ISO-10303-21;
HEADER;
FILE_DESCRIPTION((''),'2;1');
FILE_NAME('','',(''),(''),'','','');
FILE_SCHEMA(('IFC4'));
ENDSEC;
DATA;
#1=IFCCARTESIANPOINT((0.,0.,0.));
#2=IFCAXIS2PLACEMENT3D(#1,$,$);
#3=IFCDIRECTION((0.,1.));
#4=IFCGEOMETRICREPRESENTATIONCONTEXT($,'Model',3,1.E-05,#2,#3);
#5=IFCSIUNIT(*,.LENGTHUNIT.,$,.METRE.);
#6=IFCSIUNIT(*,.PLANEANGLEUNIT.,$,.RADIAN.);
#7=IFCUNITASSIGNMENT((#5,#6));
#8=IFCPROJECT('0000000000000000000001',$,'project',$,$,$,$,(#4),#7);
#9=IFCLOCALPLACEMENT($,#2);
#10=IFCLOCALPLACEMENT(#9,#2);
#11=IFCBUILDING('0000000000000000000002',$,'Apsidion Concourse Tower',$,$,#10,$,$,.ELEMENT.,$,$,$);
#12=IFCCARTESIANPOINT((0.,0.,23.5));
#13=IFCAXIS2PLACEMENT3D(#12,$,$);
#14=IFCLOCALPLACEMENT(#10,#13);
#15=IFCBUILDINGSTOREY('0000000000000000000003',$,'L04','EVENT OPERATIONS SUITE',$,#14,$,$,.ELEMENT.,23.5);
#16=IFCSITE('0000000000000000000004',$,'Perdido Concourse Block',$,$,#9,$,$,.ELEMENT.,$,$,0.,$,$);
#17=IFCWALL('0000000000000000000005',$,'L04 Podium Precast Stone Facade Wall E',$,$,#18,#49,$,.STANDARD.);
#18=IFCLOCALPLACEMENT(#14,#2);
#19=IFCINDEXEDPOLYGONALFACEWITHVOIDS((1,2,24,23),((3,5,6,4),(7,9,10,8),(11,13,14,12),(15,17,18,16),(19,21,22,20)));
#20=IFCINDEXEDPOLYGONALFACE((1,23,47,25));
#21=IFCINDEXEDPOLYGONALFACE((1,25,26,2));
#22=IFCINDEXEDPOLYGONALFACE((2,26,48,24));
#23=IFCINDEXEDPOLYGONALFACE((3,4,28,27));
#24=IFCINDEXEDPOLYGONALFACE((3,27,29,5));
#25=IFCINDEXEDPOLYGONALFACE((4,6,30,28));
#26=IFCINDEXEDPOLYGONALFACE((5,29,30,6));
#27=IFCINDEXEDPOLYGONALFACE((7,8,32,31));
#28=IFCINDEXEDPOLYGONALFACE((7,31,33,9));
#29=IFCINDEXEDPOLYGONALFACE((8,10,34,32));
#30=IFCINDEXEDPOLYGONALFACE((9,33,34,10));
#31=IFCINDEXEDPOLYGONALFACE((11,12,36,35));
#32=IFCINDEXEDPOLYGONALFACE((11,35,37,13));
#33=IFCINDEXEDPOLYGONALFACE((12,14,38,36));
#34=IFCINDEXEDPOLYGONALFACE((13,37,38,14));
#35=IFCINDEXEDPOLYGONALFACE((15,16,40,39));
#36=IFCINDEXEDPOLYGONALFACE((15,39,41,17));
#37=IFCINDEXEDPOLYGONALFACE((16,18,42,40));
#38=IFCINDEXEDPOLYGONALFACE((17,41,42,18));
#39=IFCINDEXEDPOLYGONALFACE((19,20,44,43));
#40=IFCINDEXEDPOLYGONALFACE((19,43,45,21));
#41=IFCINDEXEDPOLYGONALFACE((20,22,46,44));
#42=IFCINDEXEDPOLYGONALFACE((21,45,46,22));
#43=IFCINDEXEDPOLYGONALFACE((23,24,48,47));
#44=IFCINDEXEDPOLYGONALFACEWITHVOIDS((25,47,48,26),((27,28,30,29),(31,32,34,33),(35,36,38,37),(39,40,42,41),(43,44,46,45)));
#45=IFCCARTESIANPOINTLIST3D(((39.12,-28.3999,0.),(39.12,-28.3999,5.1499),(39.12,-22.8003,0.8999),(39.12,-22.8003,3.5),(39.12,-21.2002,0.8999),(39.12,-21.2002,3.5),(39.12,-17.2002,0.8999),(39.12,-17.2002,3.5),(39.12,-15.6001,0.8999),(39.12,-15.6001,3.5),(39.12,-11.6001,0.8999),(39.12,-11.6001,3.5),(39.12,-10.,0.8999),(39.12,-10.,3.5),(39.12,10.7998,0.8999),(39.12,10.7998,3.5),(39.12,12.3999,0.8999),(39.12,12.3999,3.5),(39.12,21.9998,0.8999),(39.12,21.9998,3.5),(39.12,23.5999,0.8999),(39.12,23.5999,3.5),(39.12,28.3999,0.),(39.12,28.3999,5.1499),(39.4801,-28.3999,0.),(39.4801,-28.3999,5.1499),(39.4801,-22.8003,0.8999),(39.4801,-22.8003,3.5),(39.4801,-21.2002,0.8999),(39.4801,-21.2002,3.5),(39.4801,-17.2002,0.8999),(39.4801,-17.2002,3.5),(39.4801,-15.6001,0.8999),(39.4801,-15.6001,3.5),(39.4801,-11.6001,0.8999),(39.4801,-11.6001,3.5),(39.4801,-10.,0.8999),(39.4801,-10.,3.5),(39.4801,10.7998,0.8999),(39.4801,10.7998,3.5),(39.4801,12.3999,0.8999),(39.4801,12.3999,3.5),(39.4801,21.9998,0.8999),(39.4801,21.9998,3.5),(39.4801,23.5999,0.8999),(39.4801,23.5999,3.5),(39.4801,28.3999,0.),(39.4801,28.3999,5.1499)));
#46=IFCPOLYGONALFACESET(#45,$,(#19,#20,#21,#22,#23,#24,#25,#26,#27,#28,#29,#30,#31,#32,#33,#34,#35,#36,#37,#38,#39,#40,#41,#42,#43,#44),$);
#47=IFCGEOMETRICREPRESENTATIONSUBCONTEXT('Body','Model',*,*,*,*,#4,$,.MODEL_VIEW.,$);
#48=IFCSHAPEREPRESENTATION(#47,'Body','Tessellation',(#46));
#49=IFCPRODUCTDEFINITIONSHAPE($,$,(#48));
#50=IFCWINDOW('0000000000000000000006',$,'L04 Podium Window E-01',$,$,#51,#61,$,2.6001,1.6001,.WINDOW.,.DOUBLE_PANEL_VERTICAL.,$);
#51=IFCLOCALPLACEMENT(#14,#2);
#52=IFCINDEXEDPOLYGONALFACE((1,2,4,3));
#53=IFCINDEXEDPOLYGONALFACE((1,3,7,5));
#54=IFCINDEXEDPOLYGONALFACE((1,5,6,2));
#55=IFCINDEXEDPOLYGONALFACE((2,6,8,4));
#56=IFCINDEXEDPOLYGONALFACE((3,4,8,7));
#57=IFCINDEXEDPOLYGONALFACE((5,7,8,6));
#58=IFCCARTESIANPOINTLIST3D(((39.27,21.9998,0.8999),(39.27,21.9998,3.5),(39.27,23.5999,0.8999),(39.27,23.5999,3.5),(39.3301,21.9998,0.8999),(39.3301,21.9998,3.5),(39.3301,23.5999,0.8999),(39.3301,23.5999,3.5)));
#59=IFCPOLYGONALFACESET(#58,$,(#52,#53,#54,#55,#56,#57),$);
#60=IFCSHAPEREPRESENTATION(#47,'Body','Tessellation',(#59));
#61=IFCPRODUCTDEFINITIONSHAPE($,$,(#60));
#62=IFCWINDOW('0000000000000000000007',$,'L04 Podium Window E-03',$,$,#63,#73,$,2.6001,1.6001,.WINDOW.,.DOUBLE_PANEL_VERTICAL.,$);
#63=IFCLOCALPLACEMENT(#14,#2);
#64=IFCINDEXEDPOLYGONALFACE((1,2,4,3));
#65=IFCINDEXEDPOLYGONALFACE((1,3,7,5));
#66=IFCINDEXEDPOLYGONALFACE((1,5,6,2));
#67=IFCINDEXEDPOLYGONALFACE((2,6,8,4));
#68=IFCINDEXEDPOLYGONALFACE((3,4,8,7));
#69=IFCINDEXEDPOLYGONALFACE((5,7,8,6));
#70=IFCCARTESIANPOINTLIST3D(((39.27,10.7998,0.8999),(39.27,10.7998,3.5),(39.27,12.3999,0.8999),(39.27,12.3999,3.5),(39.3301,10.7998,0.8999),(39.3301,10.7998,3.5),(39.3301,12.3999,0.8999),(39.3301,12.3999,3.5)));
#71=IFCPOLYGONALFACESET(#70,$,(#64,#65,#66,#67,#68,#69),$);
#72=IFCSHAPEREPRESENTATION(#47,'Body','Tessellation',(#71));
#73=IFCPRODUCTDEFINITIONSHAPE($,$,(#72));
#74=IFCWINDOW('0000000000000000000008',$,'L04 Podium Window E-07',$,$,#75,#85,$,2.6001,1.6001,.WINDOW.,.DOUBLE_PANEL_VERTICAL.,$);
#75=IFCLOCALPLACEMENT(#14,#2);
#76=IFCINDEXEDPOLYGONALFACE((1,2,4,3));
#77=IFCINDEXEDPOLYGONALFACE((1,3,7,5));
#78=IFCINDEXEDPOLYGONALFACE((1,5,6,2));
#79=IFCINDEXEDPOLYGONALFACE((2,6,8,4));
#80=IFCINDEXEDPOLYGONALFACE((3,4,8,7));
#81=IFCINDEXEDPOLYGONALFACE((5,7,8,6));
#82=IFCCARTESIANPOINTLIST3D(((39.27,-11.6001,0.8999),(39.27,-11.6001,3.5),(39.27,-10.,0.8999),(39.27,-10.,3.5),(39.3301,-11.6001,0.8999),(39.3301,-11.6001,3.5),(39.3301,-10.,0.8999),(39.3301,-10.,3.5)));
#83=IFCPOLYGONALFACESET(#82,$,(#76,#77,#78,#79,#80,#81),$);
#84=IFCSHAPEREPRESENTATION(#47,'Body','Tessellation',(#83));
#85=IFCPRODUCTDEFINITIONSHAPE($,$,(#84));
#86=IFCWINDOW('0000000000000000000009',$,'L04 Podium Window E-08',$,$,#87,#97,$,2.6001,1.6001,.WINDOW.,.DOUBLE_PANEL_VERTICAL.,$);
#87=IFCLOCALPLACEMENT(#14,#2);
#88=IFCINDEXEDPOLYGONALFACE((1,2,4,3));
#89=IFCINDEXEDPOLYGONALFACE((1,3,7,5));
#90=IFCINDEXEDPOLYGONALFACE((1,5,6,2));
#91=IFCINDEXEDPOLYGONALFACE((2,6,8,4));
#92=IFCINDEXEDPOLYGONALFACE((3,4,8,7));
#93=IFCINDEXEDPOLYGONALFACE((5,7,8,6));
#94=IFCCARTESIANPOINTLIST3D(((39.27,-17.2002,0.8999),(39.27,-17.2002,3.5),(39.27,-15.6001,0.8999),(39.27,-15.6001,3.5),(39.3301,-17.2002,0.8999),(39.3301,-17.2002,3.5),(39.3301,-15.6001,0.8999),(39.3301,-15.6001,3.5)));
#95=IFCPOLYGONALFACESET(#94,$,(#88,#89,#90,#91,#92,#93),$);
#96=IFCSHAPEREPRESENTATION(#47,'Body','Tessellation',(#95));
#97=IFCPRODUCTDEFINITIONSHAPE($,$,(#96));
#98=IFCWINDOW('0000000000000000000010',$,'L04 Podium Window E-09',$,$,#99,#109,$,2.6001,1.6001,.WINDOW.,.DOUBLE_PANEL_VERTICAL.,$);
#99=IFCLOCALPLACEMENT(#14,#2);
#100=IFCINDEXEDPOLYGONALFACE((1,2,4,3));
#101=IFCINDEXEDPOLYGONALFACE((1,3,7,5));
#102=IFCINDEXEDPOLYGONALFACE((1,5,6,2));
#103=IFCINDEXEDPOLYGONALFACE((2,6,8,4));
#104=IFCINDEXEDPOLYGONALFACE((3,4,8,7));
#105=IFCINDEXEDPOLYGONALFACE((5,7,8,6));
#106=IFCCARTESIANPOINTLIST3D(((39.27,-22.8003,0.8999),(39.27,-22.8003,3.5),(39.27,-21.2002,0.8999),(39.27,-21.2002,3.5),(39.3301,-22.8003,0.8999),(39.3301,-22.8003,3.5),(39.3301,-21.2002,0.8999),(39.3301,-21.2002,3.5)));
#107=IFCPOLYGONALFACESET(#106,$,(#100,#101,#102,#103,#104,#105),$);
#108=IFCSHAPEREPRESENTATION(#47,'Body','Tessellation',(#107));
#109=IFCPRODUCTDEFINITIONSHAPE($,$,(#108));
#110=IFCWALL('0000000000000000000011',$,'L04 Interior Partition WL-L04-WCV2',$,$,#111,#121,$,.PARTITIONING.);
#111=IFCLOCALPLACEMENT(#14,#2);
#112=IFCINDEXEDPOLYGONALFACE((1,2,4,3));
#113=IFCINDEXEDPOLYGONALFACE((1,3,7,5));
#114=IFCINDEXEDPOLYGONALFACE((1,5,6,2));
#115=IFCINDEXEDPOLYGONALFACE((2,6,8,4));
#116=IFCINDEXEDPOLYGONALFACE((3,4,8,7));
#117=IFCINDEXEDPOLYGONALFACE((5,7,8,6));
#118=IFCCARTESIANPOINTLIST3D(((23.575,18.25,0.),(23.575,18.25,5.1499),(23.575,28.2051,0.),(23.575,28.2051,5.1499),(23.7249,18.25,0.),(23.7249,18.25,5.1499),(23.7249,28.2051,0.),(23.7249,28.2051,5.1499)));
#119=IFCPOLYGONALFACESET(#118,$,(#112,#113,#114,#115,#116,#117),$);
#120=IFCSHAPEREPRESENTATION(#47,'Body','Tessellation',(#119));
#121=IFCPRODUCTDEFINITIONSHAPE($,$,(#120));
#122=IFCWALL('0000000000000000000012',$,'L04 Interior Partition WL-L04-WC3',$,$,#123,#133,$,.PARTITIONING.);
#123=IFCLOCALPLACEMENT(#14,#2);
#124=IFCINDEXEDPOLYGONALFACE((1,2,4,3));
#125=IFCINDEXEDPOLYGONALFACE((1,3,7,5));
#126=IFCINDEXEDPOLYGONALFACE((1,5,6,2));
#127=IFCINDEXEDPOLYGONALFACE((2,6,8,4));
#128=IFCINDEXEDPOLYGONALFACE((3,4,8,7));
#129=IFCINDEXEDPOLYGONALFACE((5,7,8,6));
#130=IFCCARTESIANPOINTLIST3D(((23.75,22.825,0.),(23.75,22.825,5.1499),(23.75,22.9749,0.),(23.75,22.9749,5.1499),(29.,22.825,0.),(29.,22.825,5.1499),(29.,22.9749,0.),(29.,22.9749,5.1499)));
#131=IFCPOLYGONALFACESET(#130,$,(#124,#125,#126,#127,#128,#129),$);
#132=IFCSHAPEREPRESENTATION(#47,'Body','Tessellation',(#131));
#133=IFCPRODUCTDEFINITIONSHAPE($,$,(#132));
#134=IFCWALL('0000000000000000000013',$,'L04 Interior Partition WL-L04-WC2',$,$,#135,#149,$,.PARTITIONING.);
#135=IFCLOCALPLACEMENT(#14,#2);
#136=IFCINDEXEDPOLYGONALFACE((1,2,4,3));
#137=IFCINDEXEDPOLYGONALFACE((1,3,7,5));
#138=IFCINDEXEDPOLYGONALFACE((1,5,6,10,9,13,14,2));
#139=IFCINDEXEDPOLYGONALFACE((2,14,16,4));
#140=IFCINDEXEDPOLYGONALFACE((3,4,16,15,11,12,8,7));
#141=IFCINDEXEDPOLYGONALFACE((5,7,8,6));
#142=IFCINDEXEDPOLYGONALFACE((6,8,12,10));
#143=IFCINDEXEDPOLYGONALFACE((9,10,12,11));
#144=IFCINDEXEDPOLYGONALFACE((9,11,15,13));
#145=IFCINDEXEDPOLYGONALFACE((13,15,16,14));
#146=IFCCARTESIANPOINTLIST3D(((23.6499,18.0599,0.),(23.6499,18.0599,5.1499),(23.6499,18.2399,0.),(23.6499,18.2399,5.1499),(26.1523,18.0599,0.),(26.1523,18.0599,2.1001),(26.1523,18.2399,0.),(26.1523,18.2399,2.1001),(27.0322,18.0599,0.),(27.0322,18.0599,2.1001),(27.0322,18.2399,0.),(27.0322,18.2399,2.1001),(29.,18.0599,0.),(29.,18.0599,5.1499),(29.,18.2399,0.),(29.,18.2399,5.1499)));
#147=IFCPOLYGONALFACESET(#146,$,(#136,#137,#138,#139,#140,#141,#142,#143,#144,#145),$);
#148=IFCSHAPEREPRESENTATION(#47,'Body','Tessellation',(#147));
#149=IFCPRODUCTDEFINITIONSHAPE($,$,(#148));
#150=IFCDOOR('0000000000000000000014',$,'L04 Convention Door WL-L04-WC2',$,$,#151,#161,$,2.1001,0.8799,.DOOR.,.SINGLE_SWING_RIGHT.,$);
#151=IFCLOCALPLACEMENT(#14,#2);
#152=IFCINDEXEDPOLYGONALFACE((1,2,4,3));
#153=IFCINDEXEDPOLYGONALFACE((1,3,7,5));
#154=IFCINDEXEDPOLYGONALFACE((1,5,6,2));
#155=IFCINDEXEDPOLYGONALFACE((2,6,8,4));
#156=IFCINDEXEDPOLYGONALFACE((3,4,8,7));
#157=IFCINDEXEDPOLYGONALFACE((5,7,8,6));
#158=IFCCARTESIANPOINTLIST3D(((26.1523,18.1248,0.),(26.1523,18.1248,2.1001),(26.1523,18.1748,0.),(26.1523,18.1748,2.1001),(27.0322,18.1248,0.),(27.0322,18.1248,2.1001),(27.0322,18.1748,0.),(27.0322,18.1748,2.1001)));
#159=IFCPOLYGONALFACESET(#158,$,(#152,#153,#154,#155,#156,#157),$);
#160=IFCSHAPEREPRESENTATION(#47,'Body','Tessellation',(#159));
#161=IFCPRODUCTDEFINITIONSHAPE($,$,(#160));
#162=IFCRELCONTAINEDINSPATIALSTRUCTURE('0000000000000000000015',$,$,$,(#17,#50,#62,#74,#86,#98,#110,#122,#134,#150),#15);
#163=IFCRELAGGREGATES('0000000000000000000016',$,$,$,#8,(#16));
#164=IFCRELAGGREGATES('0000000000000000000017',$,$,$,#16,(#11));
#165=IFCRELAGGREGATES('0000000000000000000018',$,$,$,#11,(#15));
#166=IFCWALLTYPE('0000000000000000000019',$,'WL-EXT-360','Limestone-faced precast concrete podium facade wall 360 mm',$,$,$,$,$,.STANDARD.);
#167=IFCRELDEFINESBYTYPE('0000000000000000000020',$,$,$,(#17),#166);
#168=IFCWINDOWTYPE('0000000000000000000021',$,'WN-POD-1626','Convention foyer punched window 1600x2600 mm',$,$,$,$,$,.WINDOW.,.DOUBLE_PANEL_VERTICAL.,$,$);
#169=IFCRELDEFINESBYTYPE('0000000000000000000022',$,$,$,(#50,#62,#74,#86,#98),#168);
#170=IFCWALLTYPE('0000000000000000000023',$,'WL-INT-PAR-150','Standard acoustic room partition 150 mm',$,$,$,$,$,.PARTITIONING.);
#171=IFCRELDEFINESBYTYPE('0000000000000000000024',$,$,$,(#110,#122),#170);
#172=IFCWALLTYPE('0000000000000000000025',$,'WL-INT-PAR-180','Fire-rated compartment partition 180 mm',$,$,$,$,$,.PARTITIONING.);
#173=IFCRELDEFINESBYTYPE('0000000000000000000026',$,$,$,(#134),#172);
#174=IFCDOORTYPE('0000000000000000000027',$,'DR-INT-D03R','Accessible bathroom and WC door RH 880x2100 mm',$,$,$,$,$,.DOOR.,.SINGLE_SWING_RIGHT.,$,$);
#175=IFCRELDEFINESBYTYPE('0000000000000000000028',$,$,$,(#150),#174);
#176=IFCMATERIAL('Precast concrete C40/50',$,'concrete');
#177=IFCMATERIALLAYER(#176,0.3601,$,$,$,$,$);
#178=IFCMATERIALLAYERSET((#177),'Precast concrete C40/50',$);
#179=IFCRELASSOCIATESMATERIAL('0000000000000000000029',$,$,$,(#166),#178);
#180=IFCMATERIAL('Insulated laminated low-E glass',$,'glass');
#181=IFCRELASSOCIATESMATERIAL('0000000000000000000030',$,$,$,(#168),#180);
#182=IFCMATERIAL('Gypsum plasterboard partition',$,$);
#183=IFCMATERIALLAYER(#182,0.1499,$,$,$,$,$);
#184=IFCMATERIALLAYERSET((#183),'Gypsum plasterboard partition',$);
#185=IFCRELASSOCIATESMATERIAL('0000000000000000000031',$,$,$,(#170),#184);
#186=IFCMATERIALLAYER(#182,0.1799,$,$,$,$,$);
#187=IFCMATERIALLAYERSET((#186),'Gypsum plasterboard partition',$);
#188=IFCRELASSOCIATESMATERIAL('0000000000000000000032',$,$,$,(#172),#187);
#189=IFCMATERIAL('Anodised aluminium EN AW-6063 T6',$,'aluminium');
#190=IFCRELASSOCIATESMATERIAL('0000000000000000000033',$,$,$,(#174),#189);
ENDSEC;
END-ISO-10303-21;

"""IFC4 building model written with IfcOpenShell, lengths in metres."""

from ifc_helpers import new_model, si_unit, direction, frame, frame_2d, origin, place, context, subcontext, project, spatial, rectangle, extrude, material, layer, layer_set, type_object, element, fill, save


model = new_model("IFC4")

# Units and contexts
model_context = context("Model", 3, precision=1e-05, world=origin(), true_north=direction((0.0, 1.0)))
body_context = subcontext(model_context, "Body", "Model", "MODEL_VIEW")
ifc_project = project(units=[si_unit("LENGTHUNIT", "METRE"), si_unit("PLANEANGLEUNIT", "RADIAN")], contexts=[model_context])

# Site, building, storey
site_placement = place(None, origin())
site = spatial("IfcSite", under=ifc_project, at=site_placement, Name="Perdido Concourse Block", CompositionType="ELEMENT", RefElevation=0.0)
building_placement = place(site_placement, origin())
building = spatial("IfcBuilding", under=site, at=building_placement, Name="Apsidion Concourse Tower", CompositionType="ELEMENT")
storey_placement = place(building_placement, frame((0.0, 0.0, 23.5)))
storey = spatial("IfcBuildingStorey", under=building, at=storey_placement, Name="L04", Description="EVENT OPERATIONS SUITE", CompositionType="ELEMENT", Elevation=23.5)

# Wall, openings, windows
ifc_material_1 = material(Name="Precast concrete C40/50", Category="concrete")
ifc_layer_1 = layer(ifc_material_1, 0.3601)
ifc_layer_set_1 = layer_set([ifc_layer_1], Name="Precast concrete C40/50")
wall_type_1 = type_object("IfcWallType", Name="WL-EXT-360", Description="Limestone-faced precast concrete podium facade wall 360 mm", PredefinedType="STANDARD", material=ifc_layer_set_1)
wall_1_placement = place(storey_placement, frame((39.3, 28.3999, 0.0), z_axis=(0.0, 0.0, 1.0), x_axis=(0.0, -1.0, 0.0)))
wall_1 = element("IfcWall", 1, at=wall_1_placement, inside=storey, type_object=wall_type_1, Name="L04 Podium Precast Stone Facade Wall E", PredefinedType="STANDARD", context=body_context, shape_type="SweptSolid", body=[
    extrude(rectangle(XDim=56.7998, YDim=0.3601, at=frame_2d((28.3999, 0.0))), origin(), (0.0, 0.0, 1.0), 5.1499),
])
opening_1_placement = place(wall_1_placement, frame((4.8, 0.0, 0.8999)))
opening_1 = element("IfcOpeningElement", 2, at=opening_1_placement, cuts=wall_1, PredefinedType="OPENING", context=body_context, shape_type="SweptSolid", body=[
    extrude(rectangle(XDim=1.6001, YDim=2.6001, at=frame_2d((0.8, 1.3))), frame((0.0, 0.1899, 0.0), z_axis=(0.0, -1.0, 0.0), x_axis=(1.0, 0.0, 0.0)), (0.0, 0.0, 1.0), 0.3801),
])
opening_2_placement = place(wall_1_placement, frame((16.0, 0.0, 0.8999)))
opening_2 = element("IfcOpeningElement", 3, at=opening_2_placement, cuts=wall_1, PredefinedType="OPENING", context=body_context, shape_type="SweptSolid", body=[
    extrude(rectangle(XDim=1.6001, YDim=2.6001, at=frame_2d((0.8, 1.3))), frame((0.0, 0.1899, 0.0), z_axis=(0.0, -1.0, 0.0), x_axis=(1.0, 0.0, 0.0)), (0.0, 0.0, 1.0), 0.3801),
])
opening_3_placement = place(wall_1_placement, frame((38.3999, 0.0, 0.8999)))
opening_3 = element("IfcOpeningElement", 4, at=opening_3_placement, cuts=wall_1, PredefinedType="OPENING", context=body_context, shape_type="SweptSolid", body=[
    extrude(rectangle(XDim=1.6001, YDim=2.6001, at=frame_2d((0.8, 1.3))), frame((0.0, 0.1899, 0.0), z_axis=(0.0, -1.0, 0.0), x_axis=(1.0, 0.0, 0.0)), (0.0, 0.0, 1.0), 0.3801),
])
opening_4_placement = place(wall_1_placement, frame((44.0, 0.0, 0.8999)))
opening_4 = element("IfcOpeningElement", 5, at=opening_4_placement, cuts=wall_1, PredefinedType="OPENING", context=body_context, shape_type="SweptSolid", body=[
    extrude(rectangle(XDim=1.6001, YDim=2.6001, at=frame_2d((0.8, 1.3))), frame((0.0, 0.1899, 0.0), z_axis=(0.0, -1.0, 0.0), x_axis=(1.0, 0.0, 0.0)), (0.0, 0.0, 1.0), 0.3801),
])
opening_5_placement = place(wall_1_placement, frame((49.6001, 0.0, 0.8999)))
opening_5 = element("IfcOpeningElement", 6, at=opening_5_placement, cuts=wall_1, PredefinedType="OPENING", context=body_context, shape_type="SweptSolid", body=[
    extrude(rectangle(XDim=1.6001, YDim=2.6001, at=frame_2d((0.8, 1.3))), frame((0.0, 0.1899, 0.0), z_axis=(0.0, -1.0, 0.0), x_axis=(1.0, 0.0, 0.0)), (0.0, 0.0, 1.0), 0.3801),
])
ifc_material_2 = material(Name="Insulated laminated low-E glass", Category="glass")
window_type = type_object("IfcWindowType", Name="WN-POD-1626", Description="Convention foyer punched window 1600x2600 mm", PartitioningType="DOUBLE_PANEL_VERTICAL", PredefinedType="WINDOW", material=ifc_material_2)
window_1_placement = place(opening_1_placement, origin())
window_1 = element("IfcWindow", 7, at=window_1_placement, inside=storey, type_object=window_type, Name="L04 Podium Window E-01", OverallHeight=2.6001, OverallWidth=1.6001, PartitioningType="DOUBLE_PANEL_VERTICAL", PredefinedType="WINDOW", context=body_context, shape_type="SweptSolid", body=[
    extrude(rectangle(XDim=1.6001, YDim=2.6001, at=frame_2d((0.8, 1.3))), frame((0.0, 0.03, 0.0), z_axis=(0.0, -1.0, 0.0), x_axis=(1.0, 0.0, 0.0)), (0.0, 0.0, 1.0), 0.0601),
])
fill(opening_1, window_1)
window_2_placement = place(opening_2_placement, origin())
window_2 = element("IfcWindow", 8, at=window_2_placement, inside=storey, type_object=window_type, Name="L04 Podium Window E-03", OverallHeight=2.6001, OverallWidth=1.6001, PartitioningType="DOUBLE_PANEL_VERTICAL", PredefinedType="WINDOW", context=body_context, shape_type="SweptSolid", body=[
    extrude(rectangle(XDim=1.6001, YDim=2.6001, at=frame_2d((0.8, 1.3))), frame((0.0, 0.03, 0.0), z_axis=(0.0, -1.0, 0.0), x_axis=(1.0, 0.0, 0.0)), (0.0, 0.0, 1.0), 0.0601),
])
fill(opening_2, window_2)
window_3_placement = place(opening_3_placement, origin())
window_3 = element("IfcWindow", 9, at=window_3_placement, inside=storey, type_object=window_type, Name="L04 Podium Window E-07", OverallHeight=2.6001, OverallWidth=1.6001, PartitioningType="DOUBLE_PANEL_VERTICAL", PredefinedType="WINDOW", context=body_context, shape_type="SweptSolid", body=[
    extrude(rectangle(XDim=1.6001, YDim=2.6001, at=frame_2d((0.8, 1.3))), frame((0.0, 0.03, 0.0), z_axis=(0.0, -1.0, 0.0), x_axis=(1.0, 0.0, 0.0)), (0.0, 0.0, 1.0), 0.0601),
])
fill(opening_3, window_3)
window_4_placement = place(opening_4_placement, origin())
window_4 = element("IfcWindow", 10, at=window_4_placement, inside=storey, type_object=window_type, Name="L04 Podium Window E-08", OverallHeight=2.6001, OverallWidth=1.6001, PartitioningType="DOUBLE_PANEL_VERTICAL", PredefinedType="WINDOW", context=body_context, shape_type="SweptSolid", body=[
    extrude(rectangle(XDim=1.6001, YDim=2.6001, at=frame_2d((0.8, 1.3))), frame((0.0, 0.03, 0.0), z_axis=(0.0, -1.0, 0.0), x_axis=(1.0, 0.0, 0.0)), (0.0, 0.0, 1.0), 0.0601),
])
fill(opening_4, window_4)
window_5_placement = place(opening_5_placement, origin())
window_5 = element("IfcWindow", 11, at=window_5_placement, inside=storey, type_object=window_type, Name="L04 Podium Window E-09", OverallHeight=2.6001, OverallWidth=1.6001, PartitioningType="DOUBLE_PANEL_VERTICAL", PredefinedType="WINDOW", context=body_context, shape_type="SweptSolid", body=[
    extrude(rectangle(XDim=1.6001, YDim=2.6001, at=frame_2d((0.8, 1.3))), frame((0.0, 0.03, 0.0), z_axis=(0.0, -1.0, 0.0), x_axis=(1.0, 0.0, 0.0)), (0.0, 0.0, 1.0), 0.0601),
])
fill(opening_5, window_5)

# Walls
ifc_material_3 = material(Name="Gypsum plasterboard partition")
ifc_layer_2 = layer(ifc_material_3, 0.1499)
ifc_layer_set_2 = layer_set([ifc_layer_2], Name="Gypsum plasterboard partition")
wall_type_2 = type_object("IfcWallType", Name="WL-INT-PAR-150", Description="Standard acoustic room partition 150 mm", PredefinedType="PARTITIONING", material=ifc_layer_set_2)
wall_2_placement = place(storey_placement, frame((23.6499, 18.25, 0.0), z_axis=(0.0, 0.0, 1.0), x_axis=(0.0, 1.0, 0.0)))
element("IfcWall", 12, at=wall_2_placement, inside=storey, type_object=wall_type_2, Name="L04 Interior Partition WL-L04-WCV2", PredefinedType="PARTITIONING", context=body_context, shape_type="SweptSolid", body=[
    extrude(rectangle(XDim=9.9551, YDim=0.1499, at=frame_2d((4.9775, 0.0))), origin(), (0.0, 0.0, 1.0), 5.1499),
])
wall_3_placement = place(storey_placement, frame((23.75, 22.8999, 0.0), z_axis=(0.0, 0.0, 1.0), x_axis=(1.0, 0.0, 0.0)))
element("IfcWall", 13, at=wall_3_placement, inside=storey, type_object=wall_type_2, Name="L04 Interior Partition WL-L04-WC3", PredefinedType="PARTITIONING", context=body_context, shape_type="SweptSolid", body=[
    extrude(rectangle(XDim=5.25, YDim=0.1499, at=frame_2d((2.625, 0.0))), origin(), (0.0, 0.0, 1.0), 5.1499),
])

# Wall, opening, door
ifc_layer_3 = layer(ifc_material_3, 0.1799)
ifc_layer_set_3 = layer_set([ifc_layer_3], Name="Gypsum plasterboard partition")
wall_type_3 = type_object("IfcWallType", Name="WL-INT-PAR-180", Description="Fire-rated compartment partition 180 mm", PredefinedType="PARTITIONING", material=ifc_layer_set_3)
wall_4_placement = place(storey_placement, frame((23.6499, 18.1499, 0.0), z_axis=(0.0, 0.0, 1.0), x_axis=(1.0, 0.0, 0.0)))
wall_4 = element("IfcWall", 14, at=wall_4_placement, inside=storey, type_object=wall_type_3, Name="L04 Interior Partition WL-L04-WC2", PredefinedType="PARTITIONING", context=body_context, shape_type="SweptSolid", body=[
    extrude(rectangle(XDim=5.3501, YDim=0.1799, at=frame_2d((2.675, 0.0))), origin(), (0.0, 0.0, 1.0), 5.1499),
])
opening_6_placement = place(wall_4_placement, frame((2.5024, 0.0, 0.0)))
opening_6 = element("IfcOpeningElement", 15, at=opening_6_placement, cuts=wall_4, PredefinedType="OPENING", context=body_context, shape_type="SweptSolid", body=[
    extrude(rectangle(XDim=0.8799, YDim=2.1001, at=frame_2d((0.4399, 1.05))), frame((0.0, 0.1001, 0.0), z_axis=(0.0, -1.0, 0.0), x_axis=(1.0, 0.0, 0.0)), (0.0, 0.0, 1.0), 0.2),
])
ifc_material_4 = material(Name="Anodised aluminium EN AW-6063 T6", Category="aluminium")
door_type_1 = type_object("IfcDoorType", Name="DR-INT-D03R", Description="Accessible bathroom and WC door RH 880x2100 mm", OperationType="SINGLE_SWING_RIGHT", PredefinedType="DOOR", material=ifc_material_4)
door_1_placement = place(opening_6_placement, origin())
door_1 = element("IfcDoor", 16, at=door_1_placement, inside=storey, type_object=door_type_1, Name="L04 Convention Door WL-L04-WC2", OperationType="SINGLE_SWING_RIGHT", OverallHeight=2.1001, OverallWidth=0.8799, PredefinedType="DOOR", context=body_context, shape_type="SweptSolid", body=[
    extrude(rectangle(XDim=0.8799, YDim=2.1001, at=frame_2d((0.4399, 1.05))), frame((0.0, 0.0249, 0.0), z_axis=(0.0, -1.0, 0.0), x_axis=(1.0, 0.0, 0.0)), (0.0, 0.0, 1.0), 0.05),
])
fill(opening_6, door_1)

save(model, "model.ifc")
